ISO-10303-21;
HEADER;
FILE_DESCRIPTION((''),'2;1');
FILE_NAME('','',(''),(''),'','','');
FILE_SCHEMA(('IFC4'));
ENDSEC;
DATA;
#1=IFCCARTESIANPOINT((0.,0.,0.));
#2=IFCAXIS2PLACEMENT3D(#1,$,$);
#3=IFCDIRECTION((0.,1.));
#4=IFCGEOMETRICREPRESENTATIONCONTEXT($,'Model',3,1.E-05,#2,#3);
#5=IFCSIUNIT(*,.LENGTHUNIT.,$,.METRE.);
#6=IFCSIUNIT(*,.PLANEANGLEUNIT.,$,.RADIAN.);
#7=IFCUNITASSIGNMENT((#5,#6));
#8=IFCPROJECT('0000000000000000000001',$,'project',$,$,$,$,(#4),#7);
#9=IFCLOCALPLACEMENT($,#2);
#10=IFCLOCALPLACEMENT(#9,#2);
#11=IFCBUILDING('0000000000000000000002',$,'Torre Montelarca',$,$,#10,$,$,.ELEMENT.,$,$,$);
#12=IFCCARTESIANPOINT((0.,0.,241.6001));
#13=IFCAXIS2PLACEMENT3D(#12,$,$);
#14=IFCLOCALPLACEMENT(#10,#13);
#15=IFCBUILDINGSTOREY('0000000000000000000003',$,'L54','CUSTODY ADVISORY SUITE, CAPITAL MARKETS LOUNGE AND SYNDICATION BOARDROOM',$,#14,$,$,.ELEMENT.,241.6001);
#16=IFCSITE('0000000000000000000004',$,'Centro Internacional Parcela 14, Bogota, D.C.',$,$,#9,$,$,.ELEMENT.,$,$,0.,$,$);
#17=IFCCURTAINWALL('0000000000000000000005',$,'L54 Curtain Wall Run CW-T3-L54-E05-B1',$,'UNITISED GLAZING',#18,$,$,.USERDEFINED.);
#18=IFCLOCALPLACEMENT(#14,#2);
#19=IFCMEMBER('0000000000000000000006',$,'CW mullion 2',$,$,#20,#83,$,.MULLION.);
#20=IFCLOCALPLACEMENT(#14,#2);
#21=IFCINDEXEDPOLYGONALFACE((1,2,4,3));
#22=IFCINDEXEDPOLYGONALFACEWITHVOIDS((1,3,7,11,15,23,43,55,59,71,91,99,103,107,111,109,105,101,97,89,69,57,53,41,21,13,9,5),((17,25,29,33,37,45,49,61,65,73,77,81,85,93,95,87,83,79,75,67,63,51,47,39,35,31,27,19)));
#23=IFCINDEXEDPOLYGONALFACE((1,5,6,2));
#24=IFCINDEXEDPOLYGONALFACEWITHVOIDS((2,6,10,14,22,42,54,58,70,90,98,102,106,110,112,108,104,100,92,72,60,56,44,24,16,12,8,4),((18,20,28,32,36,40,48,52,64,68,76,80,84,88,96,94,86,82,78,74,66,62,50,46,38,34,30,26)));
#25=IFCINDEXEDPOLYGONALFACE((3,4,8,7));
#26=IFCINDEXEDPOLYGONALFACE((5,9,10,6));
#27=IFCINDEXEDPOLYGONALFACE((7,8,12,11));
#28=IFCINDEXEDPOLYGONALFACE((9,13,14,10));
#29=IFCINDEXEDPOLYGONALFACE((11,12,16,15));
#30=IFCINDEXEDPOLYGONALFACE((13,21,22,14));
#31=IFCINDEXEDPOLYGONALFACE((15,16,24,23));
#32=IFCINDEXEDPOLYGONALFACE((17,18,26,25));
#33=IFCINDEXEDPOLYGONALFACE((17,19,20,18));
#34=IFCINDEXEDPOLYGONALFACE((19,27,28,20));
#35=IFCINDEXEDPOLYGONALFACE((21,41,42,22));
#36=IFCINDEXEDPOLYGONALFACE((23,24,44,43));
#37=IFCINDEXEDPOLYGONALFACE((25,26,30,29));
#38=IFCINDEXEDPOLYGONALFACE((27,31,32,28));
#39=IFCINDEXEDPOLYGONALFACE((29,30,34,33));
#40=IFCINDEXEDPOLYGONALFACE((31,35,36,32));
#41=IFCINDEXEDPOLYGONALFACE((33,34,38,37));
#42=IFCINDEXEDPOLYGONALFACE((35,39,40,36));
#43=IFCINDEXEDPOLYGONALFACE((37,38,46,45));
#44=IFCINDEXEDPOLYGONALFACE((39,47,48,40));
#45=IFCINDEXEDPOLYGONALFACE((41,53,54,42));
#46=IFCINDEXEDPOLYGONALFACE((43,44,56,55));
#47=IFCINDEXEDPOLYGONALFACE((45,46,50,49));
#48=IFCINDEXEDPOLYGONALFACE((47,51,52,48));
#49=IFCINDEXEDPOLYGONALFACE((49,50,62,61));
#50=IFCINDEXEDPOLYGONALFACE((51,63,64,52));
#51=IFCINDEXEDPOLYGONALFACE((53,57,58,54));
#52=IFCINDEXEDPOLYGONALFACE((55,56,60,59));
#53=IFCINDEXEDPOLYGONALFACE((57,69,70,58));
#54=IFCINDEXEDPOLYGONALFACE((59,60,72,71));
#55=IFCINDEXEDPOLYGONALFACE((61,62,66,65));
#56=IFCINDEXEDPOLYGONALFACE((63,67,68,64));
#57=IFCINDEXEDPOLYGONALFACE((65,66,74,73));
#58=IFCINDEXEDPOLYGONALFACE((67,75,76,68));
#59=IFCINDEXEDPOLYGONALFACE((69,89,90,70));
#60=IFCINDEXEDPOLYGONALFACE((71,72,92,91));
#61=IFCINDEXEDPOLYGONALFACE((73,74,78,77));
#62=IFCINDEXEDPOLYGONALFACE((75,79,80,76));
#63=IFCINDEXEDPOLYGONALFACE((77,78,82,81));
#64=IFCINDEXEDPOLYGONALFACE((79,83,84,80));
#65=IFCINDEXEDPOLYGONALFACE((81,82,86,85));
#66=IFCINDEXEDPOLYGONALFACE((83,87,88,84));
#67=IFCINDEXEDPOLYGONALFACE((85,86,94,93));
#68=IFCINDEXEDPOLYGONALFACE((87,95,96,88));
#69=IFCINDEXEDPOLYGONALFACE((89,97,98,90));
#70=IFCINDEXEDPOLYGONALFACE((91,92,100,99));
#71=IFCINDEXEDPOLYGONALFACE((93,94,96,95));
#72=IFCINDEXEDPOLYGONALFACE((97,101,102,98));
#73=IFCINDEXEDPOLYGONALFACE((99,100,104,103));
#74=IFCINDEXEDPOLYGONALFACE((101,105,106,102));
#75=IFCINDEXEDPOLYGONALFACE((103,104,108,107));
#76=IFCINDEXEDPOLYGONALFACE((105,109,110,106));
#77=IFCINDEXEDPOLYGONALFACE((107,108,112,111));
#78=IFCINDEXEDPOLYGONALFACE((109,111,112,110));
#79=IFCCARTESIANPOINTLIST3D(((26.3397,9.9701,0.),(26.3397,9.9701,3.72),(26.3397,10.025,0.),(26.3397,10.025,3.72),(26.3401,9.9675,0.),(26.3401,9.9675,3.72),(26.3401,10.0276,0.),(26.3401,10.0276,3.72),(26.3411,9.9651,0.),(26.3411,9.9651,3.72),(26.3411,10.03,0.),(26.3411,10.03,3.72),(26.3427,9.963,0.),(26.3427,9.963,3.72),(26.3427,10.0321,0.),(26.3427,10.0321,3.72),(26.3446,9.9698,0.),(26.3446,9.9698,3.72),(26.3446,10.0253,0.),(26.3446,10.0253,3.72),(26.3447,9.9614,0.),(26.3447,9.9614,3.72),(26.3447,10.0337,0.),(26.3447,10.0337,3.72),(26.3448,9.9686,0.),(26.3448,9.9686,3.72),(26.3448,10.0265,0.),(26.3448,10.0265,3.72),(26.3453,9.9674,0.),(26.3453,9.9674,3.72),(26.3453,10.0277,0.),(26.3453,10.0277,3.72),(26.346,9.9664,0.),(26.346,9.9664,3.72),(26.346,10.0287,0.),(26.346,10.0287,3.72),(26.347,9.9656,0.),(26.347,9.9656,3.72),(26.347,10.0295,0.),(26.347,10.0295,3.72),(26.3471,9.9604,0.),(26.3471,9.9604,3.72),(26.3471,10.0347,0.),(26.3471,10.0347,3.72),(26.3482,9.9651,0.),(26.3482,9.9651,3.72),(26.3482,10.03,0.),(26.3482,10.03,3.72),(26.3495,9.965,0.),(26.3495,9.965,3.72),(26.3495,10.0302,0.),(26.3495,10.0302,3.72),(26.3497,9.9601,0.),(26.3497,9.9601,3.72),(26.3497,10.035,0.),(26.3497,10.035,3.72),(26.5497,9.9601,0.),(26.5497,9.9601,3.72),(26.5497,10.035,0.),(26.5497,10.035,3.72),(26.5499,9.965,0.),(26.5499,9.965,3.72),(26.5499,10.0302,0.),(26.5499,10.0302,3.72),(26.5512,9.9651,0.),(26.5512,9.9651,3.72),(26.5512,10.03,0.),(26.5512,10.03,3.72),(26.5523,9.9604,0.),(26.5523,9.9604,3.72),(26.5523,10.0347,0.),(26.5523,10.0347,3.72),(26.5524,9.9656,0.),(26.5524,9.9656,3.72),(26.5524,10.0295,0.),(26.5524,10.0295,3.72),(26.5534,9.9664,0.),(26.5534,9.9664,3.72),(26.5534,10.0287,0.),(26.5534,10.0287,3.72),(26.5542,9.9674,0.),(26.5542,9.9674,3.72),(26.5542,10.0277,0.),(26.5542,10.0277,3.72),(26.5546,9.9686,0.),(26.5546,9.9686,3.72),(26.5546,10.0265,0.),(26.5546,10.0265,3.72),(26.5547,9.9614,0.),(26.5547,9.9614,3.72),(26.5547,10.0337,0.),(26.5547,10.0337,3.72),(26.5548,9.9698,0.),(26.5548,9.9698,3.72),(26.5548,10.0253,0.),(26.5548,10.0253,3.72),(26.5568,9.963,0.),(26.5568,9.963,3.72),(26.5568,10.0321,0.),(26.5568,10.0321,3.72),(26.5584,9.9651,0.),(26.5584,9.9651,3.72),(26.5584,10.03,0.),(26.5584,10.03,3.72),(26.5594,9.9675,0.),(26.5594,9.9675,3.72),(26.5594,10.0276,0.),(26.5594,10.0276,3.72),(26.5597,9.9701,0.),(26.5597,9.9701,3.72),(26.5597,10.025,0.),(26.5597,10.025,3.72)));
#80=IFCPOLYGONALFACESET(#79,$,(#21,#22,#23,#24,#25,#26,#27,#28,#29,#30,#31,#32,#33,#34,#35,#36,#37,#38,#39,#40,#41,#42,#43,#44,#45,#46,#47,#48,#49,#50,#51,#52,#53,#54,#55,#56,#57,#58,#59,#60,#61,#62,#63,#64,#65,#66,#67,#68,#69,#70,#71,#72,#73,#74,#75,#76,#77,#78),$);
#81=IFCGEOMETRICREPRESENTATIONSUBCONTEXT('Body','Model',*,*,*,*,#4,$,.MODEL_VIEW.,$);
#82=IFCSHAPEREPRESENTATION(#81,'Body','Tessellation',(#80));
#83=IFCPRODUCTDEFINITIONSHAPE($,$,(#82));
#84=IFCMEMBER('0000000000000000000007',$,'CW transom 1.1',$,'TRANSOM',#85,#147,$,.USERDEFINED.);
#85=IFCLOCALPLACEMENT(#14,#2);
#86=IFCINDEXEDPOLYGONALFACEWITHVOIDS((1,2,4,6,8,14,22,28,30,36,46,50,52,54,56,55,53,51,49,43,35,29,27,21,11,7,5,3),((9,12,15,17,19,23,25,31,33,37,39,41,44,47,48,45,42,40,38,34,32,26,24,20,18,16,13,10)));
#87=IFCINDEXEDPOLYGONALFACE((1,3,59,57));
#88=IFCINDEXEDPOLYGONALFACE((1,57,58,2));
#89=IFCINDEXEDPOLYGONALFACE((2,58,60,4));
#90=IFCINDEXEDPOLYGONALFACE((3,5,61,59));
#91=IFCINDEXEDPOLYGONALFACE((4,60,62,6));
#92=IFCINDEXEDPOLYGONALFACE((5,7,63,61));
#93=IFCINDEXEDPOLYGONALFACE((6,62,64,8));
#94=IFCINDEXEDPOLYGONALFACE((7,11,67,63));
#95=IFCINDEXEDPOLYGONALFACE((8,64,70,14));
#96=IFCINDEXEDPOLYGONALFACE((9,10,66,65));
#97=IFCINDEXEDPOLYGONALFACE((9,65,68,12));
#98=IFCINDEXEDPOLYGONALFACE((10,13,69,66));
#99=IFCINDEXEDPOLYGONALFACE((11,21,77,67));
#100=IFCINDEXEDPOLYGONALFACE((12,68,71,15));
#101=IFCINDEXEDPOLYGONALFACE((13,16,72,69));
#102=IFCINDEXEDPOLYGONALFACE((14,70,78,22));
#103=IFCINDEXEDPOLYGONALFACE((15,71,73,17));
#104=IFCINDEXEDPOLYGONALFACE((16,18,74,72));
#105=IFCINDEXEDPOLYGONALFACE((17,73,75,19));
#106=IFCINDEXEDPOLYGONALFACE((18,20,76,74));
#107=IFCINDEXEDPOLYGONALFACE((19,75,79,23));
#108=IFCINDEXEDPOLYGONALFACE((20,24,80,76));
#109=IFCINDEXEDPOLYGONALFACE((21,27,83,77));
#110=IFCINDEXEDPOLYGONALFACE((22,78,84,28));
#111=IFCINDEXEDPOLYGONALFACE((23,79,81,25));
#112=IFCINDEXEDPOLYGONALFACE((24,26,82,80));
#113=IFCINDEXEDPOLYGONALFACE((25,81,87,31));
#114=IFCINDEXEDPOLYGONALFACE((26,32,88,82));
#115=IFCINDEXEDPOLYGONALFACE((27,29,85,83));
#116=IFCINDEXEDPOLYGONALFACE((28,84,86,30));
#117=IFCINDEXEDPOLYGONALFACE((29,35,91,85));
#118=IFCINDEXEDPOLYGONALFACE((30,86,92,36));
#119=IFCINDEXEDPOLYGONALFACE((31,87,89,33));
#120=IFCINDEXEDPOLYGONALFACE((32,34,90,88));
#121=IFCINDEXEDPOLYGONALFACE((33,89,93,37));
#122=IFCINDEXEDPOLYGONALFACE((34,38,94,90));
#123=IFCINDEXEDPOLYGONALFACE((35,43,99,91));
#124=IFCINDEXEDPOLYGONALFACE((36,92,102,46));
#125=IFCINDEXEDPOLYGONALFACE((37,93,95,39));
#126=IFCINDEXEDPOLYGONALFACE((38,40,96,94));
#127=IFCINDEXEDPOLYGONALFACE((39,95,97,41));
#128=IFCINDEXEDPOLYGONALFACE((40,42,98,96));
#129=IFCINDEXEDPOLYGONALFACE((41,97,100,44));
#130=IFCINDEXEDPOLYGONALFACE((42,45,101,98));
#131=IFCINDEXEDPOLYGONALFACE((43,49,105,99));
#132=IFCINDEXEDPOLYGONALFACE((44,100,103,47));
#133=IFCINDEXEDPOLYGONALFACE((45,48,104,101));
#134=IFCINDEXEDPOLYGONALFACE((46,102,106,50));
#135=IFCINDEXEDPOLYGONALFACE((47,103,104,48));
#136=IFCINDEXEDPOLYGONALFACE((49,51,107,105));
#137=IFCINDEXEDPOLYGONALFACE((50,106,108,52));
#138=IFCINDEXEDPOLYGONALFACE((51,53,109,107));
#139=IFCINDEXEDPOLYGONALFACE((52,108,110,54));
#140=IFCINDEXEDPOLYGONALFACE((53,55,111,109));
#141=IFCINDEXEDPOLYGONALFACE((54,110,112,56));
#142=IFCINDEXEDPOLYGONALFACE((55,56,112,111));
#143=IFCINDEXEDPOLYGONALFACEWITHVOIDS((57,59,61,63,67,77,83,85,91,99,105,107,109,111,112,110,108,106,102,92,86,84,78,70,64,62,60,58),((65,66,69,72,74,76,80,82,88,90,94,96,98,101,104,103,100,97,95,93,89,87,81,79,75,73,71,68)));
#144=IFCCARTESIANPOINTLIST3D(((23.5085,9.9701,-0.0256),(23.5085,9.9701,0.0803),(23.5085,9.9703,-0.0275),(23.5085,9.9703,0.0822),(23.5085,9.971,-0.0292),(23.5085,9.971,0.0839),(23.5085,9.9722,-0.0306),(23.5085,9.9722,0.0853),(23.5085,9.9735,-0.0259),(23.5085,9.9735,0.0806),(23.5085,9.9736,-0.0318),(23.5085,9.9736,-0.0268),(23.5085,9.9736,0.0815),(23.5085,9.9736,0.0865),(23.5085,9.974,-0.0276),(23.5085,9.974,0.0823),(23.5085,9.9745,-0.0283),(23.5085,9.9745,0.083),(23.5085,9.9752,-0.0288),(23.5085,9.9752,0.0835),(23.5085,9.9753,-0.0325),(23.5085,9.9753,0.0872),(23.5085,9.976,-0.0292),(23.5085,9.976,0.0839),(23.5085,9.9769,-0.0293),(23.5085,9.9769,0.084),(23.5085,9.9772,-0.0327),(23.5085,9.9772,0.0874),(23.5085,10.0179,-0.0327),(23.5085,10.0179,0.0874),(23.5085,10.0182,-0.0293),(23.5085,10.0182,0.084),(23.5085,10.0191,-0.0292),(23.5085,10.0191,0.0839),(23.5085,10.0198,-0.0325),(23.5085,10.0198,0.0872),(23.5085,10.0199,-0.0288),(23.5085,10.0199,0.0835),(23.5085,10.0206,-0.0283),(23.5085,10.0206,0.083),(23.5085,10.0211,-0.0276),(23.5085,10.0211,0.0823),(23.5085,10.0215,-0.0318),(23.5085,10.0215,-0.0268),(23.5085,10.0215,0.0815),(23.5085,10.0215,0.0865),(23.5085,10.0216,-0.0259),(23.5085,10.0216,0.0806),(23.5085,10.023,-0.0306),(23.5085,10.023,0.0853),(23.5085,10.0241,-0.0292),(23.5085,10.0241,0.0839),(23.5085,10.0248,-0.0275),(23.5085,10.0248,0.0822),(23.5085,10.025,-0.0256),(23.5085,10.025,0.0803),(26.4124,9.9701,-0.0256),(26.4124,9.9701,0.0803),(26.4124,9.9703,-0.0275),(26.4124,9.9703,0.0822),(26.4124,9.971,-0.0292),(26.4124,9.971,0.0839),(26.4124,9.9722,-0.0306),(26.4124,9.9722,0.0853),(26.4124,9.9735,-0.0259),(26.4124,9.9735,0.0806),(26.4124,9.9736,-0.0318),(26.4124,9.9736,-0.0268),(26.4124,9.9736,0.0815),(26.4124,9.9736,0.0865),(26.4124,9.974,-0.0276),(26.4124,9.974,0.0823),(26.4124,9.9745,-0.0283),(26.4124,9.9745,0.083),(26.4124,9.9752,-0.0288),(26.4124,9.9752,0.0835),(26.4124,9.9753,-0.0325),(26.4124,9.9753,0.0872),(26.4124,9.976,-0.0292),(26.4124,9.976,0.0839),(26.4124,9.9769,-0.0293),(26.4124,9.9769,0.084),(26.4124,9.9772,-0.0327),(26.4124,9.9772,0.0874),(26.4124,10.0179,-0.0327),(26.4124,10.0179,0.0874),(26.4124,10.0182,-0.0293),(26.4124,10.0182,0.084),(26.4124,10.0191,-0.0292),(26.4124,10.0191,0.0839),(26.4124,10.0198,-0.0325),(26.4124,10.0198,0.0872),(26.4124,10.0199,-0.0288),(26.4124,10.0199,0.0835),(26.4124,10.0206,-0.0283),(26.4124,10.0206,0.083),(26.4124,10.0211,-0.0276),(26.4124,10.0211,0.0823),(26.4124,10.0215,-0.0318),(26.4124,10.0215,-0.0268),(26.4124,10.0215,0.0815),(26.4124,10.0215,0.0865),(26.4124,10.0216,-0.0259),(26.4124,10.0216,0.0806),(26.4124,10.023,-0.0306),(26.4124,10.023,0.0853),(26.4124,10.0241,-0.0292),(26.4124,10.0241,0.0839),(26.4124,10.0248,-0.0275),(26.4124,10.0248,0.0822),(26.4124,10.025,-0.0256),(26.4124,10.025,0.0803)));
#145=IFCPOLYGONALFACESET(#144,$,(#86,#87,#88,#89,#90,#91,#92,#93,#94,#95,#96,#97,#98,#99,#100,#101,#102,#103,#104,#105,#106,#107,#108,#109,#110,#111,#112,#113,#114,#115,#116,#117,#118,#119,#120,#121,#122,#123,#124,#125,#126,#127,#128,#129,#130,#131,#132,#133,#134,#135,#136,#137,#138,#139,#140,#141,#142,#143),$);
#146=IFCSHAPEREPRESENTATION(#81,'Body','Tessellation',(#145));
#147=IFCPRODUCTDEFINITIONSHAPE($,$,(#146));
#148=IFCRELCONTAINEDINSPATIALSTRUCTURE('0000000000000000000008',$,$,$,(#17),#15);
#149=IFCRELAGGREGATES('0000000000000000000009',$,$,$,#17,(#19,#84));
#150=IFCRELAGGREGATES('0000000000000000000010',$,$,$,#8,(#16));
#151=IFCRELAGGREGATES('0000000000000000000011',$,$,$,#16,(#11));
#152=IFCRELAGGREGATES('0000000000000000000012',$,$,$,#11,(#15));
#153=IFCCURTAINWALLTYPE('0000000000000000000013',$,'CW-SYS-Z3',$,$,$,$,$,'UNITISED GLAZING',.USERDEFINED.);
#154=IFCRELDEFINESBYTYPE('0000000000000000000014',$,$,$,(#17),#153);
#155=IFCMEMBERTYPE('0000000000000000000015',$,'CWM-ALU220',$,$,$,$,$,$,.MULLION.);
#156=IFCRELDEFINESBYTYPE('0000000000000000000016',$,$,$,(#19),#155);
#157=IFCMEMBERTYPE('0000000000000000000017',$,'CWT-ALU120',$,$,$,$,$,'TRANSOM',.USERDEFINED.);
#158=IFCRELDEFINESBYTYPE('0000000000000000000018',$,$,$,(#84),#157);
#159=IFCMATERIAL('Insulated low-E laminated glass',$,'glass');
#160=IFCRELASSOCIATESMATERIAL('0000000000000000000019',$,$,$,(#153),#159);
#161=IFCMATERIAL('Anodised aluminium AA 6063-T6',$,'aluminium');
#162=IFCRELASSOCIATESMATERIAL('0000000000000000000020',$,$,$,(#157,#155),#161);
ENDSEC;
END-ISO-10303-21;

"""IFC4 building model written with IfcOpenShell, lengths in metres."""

from ifc_helpers import new_model, si_unit, direction, frame, origin, origin_2d, place, context, subcontext, project, spatial, hollow_rectangle, extrude, source, transform, mapped, material, material_profile, profile_set, type_object, element, aggregate, save


model = new_model("IFC4")

# Units and contexts
model_context = context("Model", 3, precision=1e-05, world=origin(), true_north=direction((0.0, 1.0)))
body_context = subcontext(model_context, "Body", "Model", "MODEL_VIEW")
ifc_project = project(units=[si_unit("LENGTHUNIT", "METRE"), si_unit("PLANEANGLEUNIT", "RADIAN")], contexts=[model_context])

# Site, building, storey
site_placement = place(None, origin())
site = spatial("IfcSite", under=ifc_project, at=site_placement, Name="Centro Internacional Parcela 14, Bogota, D.C.", CompositionType="ELEMENT", RefElevation=0.0)
building_placement = place(site_placement, origin())
building = spatial("IfcBuilding", under=site, at=building_placement, Name="Torre Montelarca", CompositionType="ELEMENT")
storey_placement = place(building_placement, frame((0.0, 0.0, 241.6001)))
storey = spatial("IfcBuildingStorey", under=building, at=storey_placement, Name="L54", Description="CUSTODY ADVISORY SUITE, CAPITAL MARKETS LOUNGE AND SYNDICATION BOARDROOM", CompositionType="ELEMENT", Elevation=241.6001)

# Curtain wall
ifc_material_1 = material(Name="Insulated low-E laminated glass", Category="glass")
curtain_wall_type = type_object("IfcCurtainWallType", Name="CW-SYS-Z3", ElementType="UNITISED GLAZING", PredefinedType="USERDEFINED", material=ifc_material_1)
curtain_wall_1_placement = place(storey_placement, origin())
curtain_wall_1 = element("IfcCurtainWall", 1, at=curtain_wall_1_placement, inside=storey, type_object=curtain_wall_type, Name="L54 Curtain Wall Run CW-T3-L54-E05-B1", ObjectType="UNITISED GLAZING", PredefinedType="USERDEFINED")
ifc_material_2 = material(Name="Anodised aluminium AA 6063-T6", Category="aluminium")
ifc_material_profile_1 = material_profile(ifc_material_2, hollow_rectangle(XDim=0.0549, YDim=0.1201, WallThickness=0.0034, InnerFilletRadius=0.0034, OuterFilletRadius=0.0071, at=origin_2d()), Name="ALU55X120X3.5", Category="aluminium")
ifc_profile_set_1 = profile_set([ifc_material_profile_1], Name="Anodised aluminium AA 6063-T6")
member_type_1 = type_object("IfcMemberType", Name="CWT-ALU120", ElementType="TRANSOM", PredefinedType="USERDEFINED", material=ifc_profile_set_1)

# Shared definitions
ifc_material_profile_2 = material_profile(ifc_material_2, hollow_rectangle(XDim=0.075, YDim=0.22, WallThickness=0.0049, InnerFilletRadius=0.0049, OuterFilletRadius=0.01, at=origin_2d()), Name="ALU75X220X5", Category="aluminium")
ifc_profile_set_2 = profile_set([ifc_material_profile_2], Name="Anodised aluminium AA 6063-T6")
member_type_2 = type_object("IfcMemberType", Name="CWM-ALU220", PredefinedType="MULLION", material=ifc_profile_set_2)
shared_shape_1 = source(origin(), body_context, "Body", "SweptSolid", [
    extrude(hollow_rectangle(XDim=0.075, YDim=0.22, WallThickness=0.0049, InnerFilletRadius=0.0049, OuterFilletRadius=0.01, at=origin_2d()), origin(), (0.0, 0.0, 1.0), 3.72),
])

# Members
member_1_placement = place(storey_placement, frame((26.4497, 9.9976, 0.0), z_axis=(0.0, 0.0, 1.0), x_axis=(0.0, 1.0, 0.0)))
member_1 = element("IfcMember", 2, at=member_1_placement, type_object=member_type_2, Name="CW mullion 2", PredefinedType="MULLION", context=body_context, shape_type="MappedRepresentation", body=[
    mapped(shared_shape_1, transform((0.0, 0.0, 0.0), scale=1.0)),
])
shared_shape_2 = source(origin(), body_context, "Body", "SweptSolid", [
    extrude(hollow_rectangle(XDim=0.0549, YDim=0.1201, WallThickness=0.0034, InnerFilletRadius=0.0034, OuterFilletRadius=0.0071, at=origin_2d()), origin(), (0.0, 0.0, 1.0), 2.9038),
])
member_2_placement = place(storey_placement, frame((23.5085, 9.9976, 0.0273), z_axis=(1.0, 0.0, 0.0), x_axis=(0.0, 1.0, 0.0)))
member_2 = element("IfcMember", 3, at=member_2_placement, type_object=member_type_1, Name="CW transom 1.1", ObjectType="TRANSOM", PredefinedType="USERDEFINED", context=body_context, shape_type="MappedRepresentation", body=[
    mapped(shared_shape_2, transform((0.0, 0.0, 0.0), scale=1.0)),
])

aggregate(curtain_wall_1, [member_1, member_2])

save(model, "model.ifc")
